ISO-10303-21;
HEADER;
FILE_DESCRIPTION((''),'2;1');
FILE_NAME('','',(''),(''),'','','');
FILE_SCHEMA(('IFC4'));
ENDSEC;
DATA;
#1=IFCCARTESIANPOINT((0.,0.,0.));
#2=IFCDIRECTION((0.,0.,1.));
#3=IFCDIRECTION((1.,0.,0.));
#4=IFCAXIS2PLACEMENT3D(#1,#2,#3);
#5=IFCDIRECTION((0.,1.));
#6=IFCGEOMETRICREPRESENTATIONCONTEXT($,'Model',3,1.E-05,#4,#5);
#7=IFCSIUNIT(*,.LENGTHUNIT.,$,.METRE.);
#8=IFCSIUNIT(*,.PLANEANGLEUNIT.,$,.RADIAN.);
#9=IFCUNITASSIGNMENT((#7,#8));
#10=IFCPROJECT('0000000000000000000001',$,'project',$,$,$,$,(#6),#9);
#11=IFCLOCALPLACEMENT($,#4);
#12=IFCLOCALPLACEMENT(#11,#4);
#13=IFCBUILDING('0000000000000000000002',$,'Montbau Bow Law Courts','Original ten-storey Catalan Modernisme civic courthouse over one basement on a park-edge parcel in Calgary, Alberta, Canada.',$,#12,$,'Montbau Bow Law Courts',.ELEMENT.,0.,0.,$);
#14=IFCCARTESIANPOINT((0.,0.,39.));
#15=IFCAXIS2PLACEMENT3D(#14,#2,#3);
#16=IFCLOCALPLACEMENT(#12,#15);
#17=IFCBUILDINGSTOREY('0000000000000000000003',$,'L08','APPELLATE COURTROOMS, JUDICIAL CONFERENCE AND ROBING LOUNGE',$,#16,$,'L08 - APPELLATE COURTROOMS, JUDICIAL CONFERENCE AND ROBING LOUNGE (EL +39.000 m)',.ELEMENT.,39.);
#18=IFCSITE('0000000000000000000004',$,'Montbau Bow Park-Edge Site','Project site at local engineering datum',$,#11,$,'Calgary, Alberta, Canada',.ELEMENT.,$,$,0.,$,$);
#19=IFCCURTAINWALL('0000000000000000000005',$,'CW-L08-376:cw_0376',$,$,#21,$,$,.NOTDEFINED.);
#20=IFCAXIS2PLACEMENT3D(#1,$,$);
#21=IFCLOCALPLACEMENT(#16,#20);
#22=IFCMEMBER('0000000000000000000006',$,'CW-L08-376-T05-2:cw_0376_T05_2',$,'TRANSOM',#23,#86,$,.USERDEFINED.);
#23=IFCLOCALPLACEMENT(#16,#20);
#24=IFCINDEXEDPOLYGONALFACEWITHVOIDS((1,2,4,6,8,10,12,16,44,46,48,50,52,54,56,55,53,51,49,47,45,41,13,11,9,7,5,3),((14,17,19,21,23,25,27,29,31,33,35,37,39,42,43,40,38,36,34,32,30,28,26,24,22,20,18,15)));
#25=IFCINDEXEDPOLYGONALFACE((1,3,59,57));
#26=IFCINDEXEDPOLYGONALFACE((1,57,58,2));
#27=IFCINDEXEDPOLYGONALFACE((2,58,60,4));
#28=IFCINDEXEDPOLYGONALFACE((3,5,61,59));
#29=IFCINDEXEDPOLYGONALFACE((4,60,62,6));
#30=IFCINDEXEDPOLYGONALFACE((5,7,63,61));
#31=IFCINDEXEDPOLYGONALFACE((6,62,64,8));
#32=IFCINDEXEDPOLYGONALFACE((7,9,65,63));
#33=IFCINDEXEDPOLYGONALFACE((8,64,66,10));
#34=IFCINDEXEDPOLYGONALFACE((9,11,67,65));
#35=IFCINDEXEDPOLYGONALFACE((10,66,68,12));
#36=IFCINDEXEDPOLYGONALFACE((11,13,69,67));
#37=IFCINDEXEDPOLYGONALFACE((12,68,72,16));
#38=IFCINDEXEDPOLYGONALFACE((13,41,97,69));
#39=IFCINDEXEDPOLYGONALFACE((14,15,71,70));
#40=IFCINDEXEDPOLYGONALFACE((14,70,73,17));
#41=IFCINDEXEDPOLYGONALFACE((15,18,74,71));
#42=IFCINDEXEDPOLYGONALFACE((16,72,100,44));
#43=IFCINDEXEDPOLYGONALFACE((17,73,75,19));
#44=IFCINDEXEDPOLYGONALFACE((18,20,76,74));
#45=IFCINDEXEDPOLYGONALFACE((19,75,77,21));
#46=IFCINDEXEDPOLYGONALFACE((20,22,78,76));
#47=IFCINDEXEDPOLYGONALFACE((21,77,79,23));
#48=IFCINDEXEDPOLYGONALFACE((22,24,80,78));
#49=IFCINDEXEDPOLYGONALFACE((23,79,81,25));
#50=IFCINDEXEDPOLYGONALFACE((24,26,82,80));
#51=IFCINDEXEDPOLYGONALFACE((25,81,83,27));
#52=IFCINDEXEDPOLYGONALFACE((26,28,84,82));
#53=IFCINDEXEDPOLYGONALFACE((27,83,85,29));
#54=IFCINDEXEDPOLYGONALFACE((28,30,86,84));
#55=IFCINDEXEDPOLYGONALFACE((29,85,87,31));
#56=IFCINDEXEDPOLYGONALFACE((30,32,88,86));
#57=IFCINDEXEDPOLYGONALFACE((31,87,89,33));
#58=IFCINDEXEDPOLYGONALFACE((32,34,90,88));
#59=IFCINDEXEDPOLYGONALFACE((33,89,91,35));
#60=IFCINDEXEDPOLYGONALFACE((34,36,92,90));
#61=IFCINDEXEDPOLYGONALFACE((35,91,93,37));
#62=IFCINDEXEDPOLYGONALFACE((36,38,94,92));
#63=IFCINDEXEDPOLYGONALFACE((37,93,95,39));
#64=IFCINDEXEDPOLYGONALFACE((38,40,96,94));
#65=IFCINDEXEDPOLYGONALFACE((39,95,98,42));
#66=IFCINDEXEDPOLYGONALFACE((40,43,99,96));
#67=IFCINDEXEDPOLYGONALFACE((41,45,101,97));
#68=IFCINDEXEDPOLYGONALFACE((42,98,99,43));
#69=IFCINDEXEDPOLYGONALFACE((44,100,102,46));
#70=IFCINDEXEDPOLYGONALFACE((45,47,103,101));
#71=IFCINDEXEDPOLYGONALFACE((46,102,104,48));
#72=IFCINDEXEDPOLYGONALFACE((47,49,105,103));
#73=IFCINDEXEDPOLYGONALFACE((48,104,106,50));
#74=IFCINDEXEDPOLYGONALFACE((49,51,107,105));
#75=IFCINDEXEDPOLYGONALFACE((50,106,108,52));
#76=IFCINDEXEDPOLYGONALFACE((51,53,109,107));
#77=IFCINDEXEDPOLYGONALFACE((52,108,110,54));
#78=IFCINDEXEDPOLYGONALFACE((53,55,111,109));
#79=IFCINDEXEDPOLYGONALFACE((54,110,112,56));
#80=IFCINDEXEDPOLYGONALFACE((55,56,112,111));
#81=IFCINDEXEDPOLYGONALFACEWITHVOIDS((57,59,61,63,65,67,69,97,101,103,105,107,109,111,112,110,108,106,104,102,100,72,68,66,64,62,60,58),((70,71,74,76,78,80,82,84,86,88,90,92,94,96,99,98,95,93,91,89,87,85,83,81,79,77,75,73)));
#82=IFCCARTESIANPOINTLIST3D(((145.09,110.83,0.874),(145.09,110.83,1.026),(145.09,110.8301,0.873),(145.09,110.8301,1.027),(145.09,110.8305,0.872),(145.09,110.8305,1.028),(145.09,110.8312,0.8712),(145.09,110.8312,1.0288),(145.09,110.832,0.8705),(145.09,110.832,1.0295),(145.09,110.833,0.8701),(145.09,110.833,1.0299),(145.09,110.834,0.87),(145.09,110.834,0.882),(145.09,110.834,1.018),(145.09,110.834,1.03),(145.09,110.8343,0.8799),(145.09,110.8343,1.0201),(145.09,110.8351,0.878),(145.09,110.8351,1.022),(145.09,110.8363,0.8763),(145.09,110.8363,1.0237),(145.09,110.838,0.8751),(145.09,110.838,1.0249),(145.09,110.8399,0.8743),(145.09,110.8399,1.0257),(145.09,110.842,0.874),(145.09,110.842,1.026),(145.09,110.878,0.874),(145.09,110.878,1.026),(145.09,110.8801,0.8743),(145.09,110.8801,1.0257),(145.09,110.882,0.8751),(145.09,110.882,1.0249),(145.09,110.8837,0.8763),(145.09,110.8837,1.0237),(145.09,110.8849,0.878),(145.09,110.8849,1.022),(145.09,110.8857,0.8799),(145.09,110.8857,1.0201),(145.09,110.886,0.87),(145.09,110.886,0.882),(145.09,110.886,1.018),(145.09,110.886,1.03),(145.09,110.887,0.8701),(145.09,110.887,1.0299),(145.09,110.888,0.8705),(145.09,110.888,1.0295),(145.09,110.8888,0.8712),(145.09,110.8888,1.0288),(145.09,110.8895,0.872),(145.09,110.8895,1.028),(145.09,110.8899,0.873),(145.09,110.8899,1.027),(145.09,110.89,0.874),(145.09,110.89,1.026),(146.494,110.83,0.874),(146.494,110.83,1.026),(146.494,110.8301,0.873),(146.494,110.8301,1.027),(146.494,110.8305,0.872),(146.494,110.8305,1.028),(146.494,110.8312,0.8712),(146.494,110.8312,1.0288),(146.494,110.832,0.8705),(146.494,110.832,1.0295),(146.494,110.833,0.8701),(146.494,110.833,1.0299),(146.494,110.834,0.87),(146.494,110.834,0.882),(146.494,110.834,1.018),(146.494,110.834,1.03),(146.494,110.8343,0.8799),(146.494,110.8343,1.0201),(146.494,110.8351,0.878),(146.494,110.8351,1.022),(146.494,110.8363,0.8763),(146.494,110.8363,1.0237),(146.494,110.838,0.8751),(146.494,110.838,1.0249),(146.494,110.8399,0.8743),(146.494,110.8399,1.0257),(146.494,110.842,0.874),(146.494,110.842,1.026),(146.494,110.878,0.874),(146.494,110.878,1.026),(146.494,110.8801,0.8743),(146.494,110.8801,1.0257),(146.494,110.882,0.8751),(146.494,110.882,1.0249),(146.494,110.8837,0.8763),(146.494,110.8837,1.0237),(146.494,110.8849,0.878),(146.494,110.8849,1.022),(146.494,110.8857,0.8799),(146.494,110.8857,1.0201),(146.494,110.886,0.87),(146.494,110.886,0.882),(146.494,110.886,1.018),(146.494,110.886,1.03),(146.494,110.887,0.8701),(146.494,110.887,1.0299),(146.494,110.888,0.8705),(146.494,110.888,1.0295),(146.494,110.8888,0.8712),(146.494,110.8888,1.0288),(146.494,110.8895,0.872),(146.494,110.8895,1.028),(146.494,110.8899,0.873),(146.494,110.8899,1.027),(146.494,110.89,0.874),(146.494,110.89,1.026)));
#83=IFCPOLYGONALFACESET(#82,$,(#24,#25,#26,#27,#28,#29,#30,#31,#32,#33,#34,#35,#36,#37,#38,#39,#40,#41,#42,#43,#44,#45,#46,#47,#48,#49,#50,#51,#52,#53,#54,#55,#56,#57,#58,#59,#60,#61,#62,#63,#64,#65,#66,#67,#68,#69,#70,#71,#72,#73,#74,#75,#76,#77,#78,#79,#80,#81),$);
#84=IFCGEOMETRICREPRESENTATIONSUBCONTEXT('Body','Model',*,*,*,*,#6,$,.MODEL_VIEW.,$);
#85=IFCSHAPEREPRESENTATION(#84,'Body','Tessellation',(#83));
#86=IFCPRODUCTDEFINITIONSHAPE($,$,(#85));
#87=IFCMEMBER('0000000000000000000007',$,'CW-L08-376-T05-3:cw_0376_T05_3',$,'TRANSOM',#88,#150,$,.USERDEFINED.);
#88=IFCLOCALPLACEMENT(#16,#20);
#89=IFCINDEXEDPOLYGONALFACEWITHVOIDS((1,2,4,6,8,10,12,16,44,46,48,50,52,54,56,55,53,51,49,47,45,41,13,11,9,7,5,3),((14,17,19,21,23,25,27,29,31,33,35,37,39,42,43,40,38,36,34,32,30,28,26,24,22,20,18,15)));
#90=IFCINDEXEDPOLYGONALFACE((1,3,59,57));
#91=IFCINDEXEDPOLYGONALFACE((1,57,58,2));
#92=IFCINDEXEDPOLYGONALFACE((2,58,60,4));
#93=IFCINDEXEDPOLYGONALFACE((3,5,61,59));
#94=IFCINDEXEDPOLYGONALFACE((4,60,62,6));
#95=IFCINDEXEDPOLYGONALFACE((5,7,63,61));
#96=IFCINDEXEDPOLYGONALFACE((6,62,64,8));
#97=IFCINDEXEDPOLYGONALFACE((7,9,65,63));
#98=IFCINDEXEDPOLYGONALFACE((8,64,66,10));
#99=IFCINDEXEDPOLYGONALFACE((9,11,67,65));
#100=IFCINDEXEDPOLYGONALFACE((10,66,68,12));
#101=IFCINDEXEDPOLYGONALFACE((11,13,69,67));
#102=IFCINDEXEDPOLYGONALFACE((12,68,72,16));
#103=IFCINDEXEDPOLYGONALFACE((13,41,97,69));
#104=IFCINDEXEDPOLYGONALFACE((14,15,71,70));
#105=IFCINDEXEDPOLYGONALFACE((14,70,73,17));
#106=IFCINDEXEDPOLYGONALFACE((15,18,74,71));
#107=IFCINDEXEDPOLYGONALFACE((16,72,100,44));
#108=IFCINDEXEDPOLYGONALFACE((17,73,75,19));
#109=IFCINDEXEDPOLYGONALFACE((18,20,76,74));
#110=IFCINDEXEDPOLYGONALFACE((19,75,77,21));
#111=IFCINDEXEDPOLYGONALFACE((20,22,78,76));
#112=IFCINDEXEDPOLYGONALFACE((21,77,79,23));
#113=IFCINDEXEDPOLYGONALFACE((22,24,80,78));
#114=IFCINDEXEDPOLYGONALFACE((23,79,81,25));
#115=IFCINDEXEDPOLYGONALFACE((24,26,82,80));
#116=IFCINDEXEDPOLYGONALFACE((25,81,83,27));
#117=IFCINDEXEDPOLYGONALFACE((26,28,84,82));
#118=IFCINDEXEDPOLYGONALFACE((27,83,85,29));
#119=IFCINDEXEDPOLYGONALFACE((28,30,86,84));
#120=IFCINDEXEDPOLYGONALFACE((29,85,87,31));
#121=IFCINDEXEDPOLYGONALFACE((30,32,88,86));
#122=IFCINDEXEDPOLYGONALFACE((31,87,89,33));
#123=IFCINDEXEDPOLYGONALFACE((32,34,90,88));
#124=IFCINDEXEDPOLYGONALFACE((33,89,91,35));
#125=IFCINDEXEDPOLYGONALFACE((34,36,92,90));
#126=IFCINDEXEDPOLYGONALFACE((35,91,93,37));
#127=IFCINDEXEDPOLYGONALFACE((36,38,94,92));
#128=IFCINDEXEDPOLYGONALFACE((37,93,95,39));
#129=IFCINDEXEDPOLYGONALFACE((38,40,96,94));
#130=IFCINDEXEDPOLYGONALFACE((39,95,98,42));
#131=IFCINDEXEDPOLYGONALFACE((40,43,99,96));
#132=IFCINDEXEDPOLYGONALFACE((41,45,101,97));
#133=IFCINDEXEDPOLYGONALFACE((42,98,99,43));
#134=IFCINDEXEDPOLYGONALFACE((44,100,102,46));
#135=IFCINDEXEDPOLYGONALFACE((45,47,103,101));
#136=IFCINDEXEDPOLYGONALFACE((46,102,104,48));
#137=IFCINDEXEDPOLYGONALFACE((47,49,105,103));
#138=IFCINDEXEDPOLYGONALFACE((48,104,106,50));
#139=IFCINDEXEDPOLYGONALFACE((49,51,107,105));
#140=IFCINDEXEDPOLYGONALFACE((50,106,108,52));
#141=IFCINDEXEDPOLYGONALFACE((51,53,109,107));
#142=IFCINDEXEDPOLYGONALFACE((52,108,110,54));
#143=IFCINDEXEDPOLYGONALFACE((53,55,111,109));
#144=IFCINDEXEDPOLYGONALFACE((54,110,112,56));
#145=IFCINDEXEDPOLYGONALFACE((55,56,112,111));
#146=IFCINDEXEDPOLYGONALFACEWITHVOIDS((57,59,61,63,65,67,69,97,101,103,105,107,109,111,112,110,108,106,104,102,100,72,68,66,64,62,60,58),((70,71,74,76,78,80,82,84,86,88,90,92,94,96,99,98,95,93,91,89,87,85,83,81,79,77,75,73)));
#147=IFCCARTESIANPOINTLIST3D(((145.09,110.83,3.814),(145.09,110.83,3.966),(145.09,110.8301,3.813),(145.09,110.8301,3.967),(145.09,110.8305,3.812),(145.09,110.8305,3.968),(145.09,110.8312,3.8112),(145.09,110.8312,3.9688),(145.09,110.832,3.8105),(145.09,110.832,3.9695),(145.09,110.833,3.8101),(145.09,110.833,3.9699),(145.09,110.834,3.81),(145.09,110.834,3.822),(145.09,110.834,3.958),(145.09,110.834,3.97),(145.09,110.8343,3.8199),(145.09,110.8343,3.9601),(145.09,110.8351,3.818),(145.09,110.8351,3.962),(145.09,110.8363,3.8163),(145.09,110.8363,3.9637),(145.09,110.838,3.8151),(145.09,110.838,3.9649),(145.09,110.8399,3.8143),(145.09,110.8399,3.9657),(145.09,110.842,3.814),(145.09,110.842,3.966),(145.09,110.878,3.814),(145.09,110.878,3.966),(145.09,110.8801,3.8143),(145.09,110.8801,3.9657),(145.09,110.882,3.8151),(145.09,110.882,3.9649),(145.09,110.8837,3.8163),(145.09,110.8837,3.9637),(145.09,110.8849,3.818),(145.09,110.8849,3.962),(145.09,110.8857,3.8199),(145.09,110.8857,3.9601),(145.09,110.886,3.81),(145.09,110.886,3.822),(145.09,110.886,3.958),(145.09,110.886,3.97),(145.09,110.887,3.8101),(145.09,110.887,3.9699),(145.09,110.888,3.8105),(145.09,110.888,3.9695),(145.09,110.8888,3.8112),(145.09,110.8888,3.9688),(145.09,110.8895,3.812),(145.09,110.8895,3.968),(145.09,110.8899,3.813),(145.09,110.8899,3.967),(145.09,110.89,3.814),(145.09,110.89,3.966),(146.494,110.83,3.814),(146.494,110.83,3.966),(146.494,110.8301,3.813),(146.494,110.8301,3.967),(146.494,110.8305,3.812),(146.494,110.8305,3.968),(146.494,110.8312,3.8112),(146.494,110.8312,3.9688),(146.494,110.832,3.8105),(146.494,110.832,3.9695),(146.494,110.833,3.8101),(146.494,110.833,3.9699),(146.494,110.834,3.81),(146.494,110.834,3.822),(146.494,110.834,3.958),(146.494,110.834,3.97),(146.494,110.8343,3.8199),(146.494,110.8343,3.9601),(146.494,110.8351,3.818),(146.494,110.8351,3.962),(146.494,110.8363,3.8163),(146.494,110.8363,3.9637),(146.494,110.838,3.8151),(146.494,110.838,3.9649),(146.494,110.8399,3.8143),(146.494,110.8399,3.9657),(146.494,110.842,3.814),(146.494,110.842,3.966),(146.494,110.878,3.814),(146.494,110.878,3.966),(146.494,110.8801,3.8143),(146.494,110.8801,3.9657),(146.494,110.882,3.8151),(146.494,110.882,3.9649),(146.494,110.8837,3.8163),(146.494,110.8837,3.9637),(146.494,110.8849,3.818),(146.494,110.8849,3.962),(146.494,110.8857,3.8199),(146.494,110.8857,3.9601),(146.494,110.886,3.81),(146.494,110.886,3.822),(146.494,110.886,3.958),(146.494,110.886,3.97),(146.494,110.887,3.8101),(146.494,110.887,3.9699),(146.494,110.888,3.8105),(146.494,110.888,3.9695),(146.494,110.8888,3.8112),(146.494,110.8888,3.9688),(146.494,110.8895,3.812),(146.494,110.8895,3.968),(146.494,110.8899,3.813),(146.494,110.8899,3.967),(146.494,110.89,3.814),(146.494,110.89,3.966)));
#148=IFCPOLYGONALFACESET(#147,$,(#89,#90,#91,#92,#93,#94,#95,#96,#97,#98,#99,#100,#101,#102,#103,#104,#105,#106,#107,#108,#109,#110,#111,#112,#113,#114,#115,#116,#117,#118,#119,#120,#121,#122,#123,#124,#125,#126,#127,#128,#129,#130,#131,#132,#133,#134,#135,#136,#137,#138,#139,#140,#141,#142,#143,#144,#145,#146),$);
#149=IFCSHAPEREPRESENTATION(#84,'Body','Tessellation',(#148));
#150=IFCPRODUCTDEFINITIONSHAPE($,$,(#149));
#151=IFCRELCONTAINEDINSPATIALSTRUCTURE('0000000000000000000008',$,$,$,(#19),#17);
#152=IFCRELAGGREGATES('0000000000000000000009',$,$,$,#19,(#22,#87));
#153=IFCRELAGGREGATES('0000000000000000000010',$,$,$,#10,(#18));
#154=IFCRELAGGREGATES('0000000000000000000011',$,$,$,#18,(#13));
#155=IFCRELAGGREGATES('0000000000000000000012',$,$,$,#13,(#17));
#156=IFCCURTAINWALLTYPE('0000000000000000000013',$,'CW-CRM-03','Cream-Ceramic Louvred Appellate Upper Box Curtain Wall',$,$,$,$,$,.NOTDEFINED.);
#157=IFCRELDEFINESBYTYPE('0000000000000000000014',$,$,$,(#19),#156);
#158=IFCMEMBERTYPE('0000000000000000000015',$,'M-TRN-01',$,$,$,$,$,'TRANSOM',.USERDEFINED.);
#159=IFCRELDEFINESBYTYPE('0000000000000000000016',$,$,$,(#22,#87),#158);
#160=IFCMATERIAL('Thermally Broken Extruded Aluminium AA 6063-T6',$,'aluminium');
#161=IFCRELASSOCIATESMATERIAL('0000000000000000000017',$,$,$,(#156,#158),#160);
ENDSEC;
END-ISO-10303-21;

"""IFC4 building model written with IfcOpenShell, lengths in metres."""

from ifc_helpers import new_model, si_unit, direction, frame, origin_with_axes, origin_2d_with_axis, place, context, subcontext, project, spatial, hollow_rectangle, extrude, material, material_profile, profile_set, type_object, element, aggregate, save


model = new_model("IFC4")

# Units and contexts
model_context = context("Model", 3, precision=1e-05, world=origin_with_axes(), true_north=direction((0.0, 1.0)))
body_context = subcontext(model_context, "Body", "Model", "MODEL_VIEW")
ifc_project = project(units=[si_unit("LENGTHUNIT", "METRE"), si_unit("PLANEANGLEUNIT", "RADIAN")], contexts=[model_context])

# Site, building, storey
site_placement = place(None, origin_with_axes())
site = spatial("IfcSite", under=ifc_project, at=site_placement, Name="Montbau Bow Park-Edge Site", Description="Project site at local engineering datum", LongName="Calgary, Alberta, Canada", CompositionType="ELEMENT", RefElevation=0.0)
building_placement = place(site_placement, origin_with_axes())
building = spatial("IfcBuilding", under=site, at=building_placement, Name="Montbau Bow Law Courts", Description="Original ten-storey Catalan Modernisme civic courthouse over one basement on a park-edge parcel in Calgary, Alberta, Canada.", LongName="Montbau Bow Law Courts", CompositionType="ELEMENT", ElevationOfRefHeight=0.0, ElevationOfTerrain=0.0)
storey_placement = place(building_placement, frame((0.0, 0.0, 39.0), z_axis=(0.0, 0.0, 1.0), x_axis=(1.0, 0.0, 0.0)))
storey = spatial("IfcBuildingStorey", under=building, at=storey_placement, Name="L08", Description="APPELLATE COURTROOMS, JUDICIAL CONFERENCE AND ROBING LOUNGE", LongName="L08 - APPELLATE COURTROOMS, JUDICIAL CONFERENCE AND ROBING LOUNGE (EL +39.000 m)", CompositionType="ELEMENT", Elevation=39.0)

# Curtain wall
ifc_material_1 = material(Name="Thermally Broken Extruded Aluminium AA 6063-T6", Category="aluminium")
curtain_wall_type = type_object("IfcCurtainWallType", Name="CW-CRM-03", Description="Cream-Ceramic Louvred Appellate Upper Box Curtain Wall", PredefinedType="NOTDEFINED", material=ifc_material_1)
curtain_wall_1_placement = place(None, frame((139.04, 110.86, 39.0), z_axis=(0.0, 0.0, 1.0), x_axis=(1.0, 0.0, 0.0)))
curtain_wall_1 = element("IfcCurtainWall", 1, at=curtain_wall_1_placement, inside=storey, type_object=curtain_wall_type, Name="CW-L08-376:cw_0376", PredefinedType="NOTDEFINED")

# Members
ifc_material_profile_1 = material_profile(ifc_material_1, hollow_rectangle(XDim=0.06, YDim=0.16, WallThickness=0.004, InnerFilletRadius=0.008, OuterFilletRadius=0.004, at=origin_2d_with_axis()), Name="CWT-160X60", Category="Main", Priority=0)
ifc_profile_set_1 = profile_set([ifc_material_profile_1], Name="Thermally Broken Extruded Aluminium AA 6063-T6")
member_type_1 = type_object("IfcMemberType", Name="M-TRN-01", ElementType="TRANSOM", PredefinedType="USERDEFINED", material=ifc_profile_set_1)
member_1_placement = place(None, frame((145.09, 110.86, 39.95), z_axis=(1.0, 0.0, 0.0), x_axis=(0.0, 1.0, 0.0)))
member_1 = element("IfcMember", 2, at=member_1_placement, type_object=member_type_1, Name="CW-L08-376-T05-2:cw_0376_T05_2", ObjectType="TRANSOM", PredefinedType="USERDEFINED", context=body_context, shape_type="SweptSolid", body=[
    extrude(hollow_rectangle(XDim=0.06, YDim=0.16, WallThickness=0.004, InnerFilletRadius=0.008, OuterFilletRadius=0.004, at=origin_2d_with_axis()), origin_with_axes(), (0.0, 0.0, 1.0), 1.404),
])
member_2_placement = place(None, frame((145.09, 110.86, 42.89), z_axis=(1.0, 0.0, 0.0), x_axis=(0.0, 1.0, 0.0)))
member_2 = element("IfcMember", 3, at=member_2_placement, type_object=member_type_1, Name="CW-L08-376-T05-3:cw_0376_T05_3", ObjectType="TRANSOM", PredefinedType="USERDEFINED", context=body_context, shape_type="SweptSolid", body=[
    extrude(hollow_rectangle(XDim=0.06, YDim=0.16, WallThickness=0.004, InnerFilletRadius=0.008, OuterFilletRadius=0.004, at=origin_2d_with_axis()), origin_with_axes(), (0.0, 0.0, 1.0), 1.404),
])

aggregate(curtain_wall_1, [member_1, member_2])

save(model, "model.ifc")
